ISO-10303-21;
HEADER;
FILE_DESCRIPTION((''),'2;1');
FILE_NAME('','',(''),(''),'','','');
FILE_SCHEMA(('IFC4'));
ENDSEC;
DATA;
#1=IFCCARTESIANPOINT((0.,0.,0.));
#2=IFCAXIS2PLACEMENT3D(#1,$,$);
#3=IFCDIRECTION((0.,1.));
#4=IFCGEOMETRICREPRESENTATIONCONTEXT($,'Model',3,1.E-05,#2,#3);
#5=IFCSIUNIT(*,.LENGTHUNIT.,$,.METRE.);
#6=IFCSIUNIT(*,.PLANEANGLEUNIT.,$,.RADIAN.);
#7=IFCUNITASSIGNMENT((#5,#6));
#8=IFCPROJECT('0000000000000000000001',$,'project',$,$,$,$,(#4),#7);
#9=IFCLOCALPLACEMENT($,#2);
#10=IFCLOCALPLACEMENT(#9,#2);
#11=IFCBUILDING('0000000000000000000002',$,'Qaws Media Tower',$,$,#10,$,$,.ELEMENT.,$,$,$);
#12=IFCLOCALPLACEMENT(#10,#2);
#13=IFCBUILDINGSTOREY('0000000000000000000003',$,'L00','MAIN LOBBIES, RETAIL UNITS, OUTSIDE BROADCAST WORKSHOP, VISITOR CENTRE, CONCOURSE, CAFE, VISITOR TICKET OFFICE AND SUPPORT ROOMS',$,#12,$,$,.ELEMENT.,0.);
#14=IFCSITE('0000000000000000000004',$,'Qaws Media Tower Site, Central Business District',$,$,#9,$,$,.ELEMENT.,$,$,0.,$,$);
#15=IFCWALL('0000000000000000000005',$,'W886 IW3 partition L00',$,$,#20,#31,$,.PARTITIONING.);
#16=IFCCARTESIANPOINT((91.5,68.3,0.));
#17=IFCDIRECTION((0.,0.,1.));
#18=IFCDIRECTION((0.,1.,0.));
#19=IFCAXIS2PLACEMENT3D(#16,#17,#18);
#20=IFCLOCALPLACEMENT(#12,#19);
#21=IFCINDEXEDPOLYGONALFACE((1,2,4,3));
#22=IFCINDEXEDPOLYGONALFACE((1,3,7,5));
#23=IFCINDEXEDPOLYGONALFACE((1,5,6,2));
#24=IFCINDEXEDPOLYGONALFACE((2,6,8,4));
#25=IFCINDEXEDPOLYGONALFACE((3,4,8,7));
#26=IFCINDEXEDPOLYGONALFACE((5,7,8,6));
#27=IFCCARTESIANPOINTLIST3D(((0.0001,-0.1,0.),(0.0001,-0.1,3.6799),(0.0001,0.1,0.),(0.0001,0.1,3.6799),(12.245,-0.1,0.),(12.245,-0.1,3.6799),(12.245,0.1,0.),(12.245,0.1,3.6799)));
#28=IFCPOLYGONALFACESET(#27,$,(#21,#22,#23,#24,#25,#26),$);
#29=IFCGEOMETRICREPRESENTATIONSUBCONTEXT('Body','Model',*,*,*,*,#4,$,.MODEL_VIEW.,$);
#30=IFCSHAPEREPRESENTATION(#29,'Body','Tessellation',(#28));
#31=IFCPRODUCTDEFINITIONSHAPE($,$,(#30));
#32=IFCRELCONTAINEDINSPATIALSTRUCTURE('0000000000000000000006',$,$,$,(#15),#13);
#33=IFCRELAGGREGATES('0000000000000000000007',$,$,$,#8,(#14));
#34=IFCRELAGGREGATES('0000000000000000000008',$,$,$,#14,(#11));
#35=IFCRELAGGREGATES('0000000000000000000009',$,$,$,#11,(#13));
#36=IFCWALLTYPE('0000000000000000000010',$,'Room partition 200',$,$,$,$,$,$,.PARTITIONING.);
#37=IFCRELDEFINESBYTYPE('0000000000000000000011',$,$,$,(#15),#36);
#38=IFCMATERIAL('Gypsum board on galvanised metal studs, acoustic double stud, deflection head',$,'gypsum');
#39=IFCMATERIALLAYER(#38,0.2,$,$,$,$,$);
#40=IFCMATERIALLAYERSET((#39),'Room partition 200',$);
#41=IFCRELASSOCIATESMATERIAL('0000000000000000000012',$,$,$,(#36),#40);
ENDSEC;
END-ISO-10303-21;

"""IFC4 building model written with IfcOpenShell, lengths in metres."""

from ifc_helpers import new_model, si_unit, direction, frame, frame_2d, origin, place, context, subcontext, project, spatial, rectangle, extrude, material, layer, layer_set, type_object, element, save


model = new_model("IFC4")

# Units and contexts
model_context = context("Model", 3, precision=1e-05, world=origin(), true_north=direction((0.0, 1.0)))
body_context = subcontext(model_context, "Body", "Model", "MODEL_VIEW")
ifc_project = project(units=[si_unit("LENGTHUNIT", "METRE"), si_unit("PLANEANGLEUNIT", "RADIAN")], contexts=[model_context])

# Site, building, storey
site_placement = place(None, origin())
site = spatial("IfcSite", under=ifc_project, at=site_placement, Name="Qaws Media Tower Site, Central Business District", CompositionType="ELEMENT", RefElevation=0.0)
building_placement = place(site_placement, origin())
building = spatial("IfcBuilding", under=site, at=building_placement, Name="Qaws Media Tower", CompositionType="ELEMENT")
storey_placement = place(building_placement, origin())
storey = spatial("IfcBuildingStorey", under=building, at=storey_placement, Name="L00", Description="MAIN LOBBIES, RETAIL UNITS, OUTSIDE BROADCAST WORKSHOP, VISITOR CENTRE, CONCOURSE, CAFE, VISITOR TICKET OFFICE AND SUPPORT ROOMS", CompositionType="ELEMENT", Elevation=0.0)

# Wall
ifc_material_1 = material(Name="Gypsum board on galvanised metal studs, acoustic double stud, deflection head", Category="gypsum")
ifc_layer_1 = layer(ifc_material_1, 0.2)
ifc_layer_set_1 = layer_set([ifc_layer_1], Name="Room partition 200")
wall_type_1 = type_object("IfcWallType", Name="Room partition 200", PredefinedType="PARTITIONING", material=ifc_layer_set_1)
wall_1_placement = place(storey_placement, frame((91.5, 68.3, 0.0), z_axis=(0.0, 0.0, 1.0), x_axis=(0.0, 1.0, 0.0)))
element("IfcWall", 1, at=wall_1_placement, inside=storey, type_object=wall_type_1, Name="W886 IW3 partition L00", PredefinedType="PARTITIONING", context=body_context, shape_type="SweptSolid", body=[
    extrude(rectangle(XDim=12.2449, YDim=0.2, at=frame_2d((6.1226, 0.0))), origin(), (0.0, 0.0, 1.0), 3.6799),
])

save(model, "model.ifc")
